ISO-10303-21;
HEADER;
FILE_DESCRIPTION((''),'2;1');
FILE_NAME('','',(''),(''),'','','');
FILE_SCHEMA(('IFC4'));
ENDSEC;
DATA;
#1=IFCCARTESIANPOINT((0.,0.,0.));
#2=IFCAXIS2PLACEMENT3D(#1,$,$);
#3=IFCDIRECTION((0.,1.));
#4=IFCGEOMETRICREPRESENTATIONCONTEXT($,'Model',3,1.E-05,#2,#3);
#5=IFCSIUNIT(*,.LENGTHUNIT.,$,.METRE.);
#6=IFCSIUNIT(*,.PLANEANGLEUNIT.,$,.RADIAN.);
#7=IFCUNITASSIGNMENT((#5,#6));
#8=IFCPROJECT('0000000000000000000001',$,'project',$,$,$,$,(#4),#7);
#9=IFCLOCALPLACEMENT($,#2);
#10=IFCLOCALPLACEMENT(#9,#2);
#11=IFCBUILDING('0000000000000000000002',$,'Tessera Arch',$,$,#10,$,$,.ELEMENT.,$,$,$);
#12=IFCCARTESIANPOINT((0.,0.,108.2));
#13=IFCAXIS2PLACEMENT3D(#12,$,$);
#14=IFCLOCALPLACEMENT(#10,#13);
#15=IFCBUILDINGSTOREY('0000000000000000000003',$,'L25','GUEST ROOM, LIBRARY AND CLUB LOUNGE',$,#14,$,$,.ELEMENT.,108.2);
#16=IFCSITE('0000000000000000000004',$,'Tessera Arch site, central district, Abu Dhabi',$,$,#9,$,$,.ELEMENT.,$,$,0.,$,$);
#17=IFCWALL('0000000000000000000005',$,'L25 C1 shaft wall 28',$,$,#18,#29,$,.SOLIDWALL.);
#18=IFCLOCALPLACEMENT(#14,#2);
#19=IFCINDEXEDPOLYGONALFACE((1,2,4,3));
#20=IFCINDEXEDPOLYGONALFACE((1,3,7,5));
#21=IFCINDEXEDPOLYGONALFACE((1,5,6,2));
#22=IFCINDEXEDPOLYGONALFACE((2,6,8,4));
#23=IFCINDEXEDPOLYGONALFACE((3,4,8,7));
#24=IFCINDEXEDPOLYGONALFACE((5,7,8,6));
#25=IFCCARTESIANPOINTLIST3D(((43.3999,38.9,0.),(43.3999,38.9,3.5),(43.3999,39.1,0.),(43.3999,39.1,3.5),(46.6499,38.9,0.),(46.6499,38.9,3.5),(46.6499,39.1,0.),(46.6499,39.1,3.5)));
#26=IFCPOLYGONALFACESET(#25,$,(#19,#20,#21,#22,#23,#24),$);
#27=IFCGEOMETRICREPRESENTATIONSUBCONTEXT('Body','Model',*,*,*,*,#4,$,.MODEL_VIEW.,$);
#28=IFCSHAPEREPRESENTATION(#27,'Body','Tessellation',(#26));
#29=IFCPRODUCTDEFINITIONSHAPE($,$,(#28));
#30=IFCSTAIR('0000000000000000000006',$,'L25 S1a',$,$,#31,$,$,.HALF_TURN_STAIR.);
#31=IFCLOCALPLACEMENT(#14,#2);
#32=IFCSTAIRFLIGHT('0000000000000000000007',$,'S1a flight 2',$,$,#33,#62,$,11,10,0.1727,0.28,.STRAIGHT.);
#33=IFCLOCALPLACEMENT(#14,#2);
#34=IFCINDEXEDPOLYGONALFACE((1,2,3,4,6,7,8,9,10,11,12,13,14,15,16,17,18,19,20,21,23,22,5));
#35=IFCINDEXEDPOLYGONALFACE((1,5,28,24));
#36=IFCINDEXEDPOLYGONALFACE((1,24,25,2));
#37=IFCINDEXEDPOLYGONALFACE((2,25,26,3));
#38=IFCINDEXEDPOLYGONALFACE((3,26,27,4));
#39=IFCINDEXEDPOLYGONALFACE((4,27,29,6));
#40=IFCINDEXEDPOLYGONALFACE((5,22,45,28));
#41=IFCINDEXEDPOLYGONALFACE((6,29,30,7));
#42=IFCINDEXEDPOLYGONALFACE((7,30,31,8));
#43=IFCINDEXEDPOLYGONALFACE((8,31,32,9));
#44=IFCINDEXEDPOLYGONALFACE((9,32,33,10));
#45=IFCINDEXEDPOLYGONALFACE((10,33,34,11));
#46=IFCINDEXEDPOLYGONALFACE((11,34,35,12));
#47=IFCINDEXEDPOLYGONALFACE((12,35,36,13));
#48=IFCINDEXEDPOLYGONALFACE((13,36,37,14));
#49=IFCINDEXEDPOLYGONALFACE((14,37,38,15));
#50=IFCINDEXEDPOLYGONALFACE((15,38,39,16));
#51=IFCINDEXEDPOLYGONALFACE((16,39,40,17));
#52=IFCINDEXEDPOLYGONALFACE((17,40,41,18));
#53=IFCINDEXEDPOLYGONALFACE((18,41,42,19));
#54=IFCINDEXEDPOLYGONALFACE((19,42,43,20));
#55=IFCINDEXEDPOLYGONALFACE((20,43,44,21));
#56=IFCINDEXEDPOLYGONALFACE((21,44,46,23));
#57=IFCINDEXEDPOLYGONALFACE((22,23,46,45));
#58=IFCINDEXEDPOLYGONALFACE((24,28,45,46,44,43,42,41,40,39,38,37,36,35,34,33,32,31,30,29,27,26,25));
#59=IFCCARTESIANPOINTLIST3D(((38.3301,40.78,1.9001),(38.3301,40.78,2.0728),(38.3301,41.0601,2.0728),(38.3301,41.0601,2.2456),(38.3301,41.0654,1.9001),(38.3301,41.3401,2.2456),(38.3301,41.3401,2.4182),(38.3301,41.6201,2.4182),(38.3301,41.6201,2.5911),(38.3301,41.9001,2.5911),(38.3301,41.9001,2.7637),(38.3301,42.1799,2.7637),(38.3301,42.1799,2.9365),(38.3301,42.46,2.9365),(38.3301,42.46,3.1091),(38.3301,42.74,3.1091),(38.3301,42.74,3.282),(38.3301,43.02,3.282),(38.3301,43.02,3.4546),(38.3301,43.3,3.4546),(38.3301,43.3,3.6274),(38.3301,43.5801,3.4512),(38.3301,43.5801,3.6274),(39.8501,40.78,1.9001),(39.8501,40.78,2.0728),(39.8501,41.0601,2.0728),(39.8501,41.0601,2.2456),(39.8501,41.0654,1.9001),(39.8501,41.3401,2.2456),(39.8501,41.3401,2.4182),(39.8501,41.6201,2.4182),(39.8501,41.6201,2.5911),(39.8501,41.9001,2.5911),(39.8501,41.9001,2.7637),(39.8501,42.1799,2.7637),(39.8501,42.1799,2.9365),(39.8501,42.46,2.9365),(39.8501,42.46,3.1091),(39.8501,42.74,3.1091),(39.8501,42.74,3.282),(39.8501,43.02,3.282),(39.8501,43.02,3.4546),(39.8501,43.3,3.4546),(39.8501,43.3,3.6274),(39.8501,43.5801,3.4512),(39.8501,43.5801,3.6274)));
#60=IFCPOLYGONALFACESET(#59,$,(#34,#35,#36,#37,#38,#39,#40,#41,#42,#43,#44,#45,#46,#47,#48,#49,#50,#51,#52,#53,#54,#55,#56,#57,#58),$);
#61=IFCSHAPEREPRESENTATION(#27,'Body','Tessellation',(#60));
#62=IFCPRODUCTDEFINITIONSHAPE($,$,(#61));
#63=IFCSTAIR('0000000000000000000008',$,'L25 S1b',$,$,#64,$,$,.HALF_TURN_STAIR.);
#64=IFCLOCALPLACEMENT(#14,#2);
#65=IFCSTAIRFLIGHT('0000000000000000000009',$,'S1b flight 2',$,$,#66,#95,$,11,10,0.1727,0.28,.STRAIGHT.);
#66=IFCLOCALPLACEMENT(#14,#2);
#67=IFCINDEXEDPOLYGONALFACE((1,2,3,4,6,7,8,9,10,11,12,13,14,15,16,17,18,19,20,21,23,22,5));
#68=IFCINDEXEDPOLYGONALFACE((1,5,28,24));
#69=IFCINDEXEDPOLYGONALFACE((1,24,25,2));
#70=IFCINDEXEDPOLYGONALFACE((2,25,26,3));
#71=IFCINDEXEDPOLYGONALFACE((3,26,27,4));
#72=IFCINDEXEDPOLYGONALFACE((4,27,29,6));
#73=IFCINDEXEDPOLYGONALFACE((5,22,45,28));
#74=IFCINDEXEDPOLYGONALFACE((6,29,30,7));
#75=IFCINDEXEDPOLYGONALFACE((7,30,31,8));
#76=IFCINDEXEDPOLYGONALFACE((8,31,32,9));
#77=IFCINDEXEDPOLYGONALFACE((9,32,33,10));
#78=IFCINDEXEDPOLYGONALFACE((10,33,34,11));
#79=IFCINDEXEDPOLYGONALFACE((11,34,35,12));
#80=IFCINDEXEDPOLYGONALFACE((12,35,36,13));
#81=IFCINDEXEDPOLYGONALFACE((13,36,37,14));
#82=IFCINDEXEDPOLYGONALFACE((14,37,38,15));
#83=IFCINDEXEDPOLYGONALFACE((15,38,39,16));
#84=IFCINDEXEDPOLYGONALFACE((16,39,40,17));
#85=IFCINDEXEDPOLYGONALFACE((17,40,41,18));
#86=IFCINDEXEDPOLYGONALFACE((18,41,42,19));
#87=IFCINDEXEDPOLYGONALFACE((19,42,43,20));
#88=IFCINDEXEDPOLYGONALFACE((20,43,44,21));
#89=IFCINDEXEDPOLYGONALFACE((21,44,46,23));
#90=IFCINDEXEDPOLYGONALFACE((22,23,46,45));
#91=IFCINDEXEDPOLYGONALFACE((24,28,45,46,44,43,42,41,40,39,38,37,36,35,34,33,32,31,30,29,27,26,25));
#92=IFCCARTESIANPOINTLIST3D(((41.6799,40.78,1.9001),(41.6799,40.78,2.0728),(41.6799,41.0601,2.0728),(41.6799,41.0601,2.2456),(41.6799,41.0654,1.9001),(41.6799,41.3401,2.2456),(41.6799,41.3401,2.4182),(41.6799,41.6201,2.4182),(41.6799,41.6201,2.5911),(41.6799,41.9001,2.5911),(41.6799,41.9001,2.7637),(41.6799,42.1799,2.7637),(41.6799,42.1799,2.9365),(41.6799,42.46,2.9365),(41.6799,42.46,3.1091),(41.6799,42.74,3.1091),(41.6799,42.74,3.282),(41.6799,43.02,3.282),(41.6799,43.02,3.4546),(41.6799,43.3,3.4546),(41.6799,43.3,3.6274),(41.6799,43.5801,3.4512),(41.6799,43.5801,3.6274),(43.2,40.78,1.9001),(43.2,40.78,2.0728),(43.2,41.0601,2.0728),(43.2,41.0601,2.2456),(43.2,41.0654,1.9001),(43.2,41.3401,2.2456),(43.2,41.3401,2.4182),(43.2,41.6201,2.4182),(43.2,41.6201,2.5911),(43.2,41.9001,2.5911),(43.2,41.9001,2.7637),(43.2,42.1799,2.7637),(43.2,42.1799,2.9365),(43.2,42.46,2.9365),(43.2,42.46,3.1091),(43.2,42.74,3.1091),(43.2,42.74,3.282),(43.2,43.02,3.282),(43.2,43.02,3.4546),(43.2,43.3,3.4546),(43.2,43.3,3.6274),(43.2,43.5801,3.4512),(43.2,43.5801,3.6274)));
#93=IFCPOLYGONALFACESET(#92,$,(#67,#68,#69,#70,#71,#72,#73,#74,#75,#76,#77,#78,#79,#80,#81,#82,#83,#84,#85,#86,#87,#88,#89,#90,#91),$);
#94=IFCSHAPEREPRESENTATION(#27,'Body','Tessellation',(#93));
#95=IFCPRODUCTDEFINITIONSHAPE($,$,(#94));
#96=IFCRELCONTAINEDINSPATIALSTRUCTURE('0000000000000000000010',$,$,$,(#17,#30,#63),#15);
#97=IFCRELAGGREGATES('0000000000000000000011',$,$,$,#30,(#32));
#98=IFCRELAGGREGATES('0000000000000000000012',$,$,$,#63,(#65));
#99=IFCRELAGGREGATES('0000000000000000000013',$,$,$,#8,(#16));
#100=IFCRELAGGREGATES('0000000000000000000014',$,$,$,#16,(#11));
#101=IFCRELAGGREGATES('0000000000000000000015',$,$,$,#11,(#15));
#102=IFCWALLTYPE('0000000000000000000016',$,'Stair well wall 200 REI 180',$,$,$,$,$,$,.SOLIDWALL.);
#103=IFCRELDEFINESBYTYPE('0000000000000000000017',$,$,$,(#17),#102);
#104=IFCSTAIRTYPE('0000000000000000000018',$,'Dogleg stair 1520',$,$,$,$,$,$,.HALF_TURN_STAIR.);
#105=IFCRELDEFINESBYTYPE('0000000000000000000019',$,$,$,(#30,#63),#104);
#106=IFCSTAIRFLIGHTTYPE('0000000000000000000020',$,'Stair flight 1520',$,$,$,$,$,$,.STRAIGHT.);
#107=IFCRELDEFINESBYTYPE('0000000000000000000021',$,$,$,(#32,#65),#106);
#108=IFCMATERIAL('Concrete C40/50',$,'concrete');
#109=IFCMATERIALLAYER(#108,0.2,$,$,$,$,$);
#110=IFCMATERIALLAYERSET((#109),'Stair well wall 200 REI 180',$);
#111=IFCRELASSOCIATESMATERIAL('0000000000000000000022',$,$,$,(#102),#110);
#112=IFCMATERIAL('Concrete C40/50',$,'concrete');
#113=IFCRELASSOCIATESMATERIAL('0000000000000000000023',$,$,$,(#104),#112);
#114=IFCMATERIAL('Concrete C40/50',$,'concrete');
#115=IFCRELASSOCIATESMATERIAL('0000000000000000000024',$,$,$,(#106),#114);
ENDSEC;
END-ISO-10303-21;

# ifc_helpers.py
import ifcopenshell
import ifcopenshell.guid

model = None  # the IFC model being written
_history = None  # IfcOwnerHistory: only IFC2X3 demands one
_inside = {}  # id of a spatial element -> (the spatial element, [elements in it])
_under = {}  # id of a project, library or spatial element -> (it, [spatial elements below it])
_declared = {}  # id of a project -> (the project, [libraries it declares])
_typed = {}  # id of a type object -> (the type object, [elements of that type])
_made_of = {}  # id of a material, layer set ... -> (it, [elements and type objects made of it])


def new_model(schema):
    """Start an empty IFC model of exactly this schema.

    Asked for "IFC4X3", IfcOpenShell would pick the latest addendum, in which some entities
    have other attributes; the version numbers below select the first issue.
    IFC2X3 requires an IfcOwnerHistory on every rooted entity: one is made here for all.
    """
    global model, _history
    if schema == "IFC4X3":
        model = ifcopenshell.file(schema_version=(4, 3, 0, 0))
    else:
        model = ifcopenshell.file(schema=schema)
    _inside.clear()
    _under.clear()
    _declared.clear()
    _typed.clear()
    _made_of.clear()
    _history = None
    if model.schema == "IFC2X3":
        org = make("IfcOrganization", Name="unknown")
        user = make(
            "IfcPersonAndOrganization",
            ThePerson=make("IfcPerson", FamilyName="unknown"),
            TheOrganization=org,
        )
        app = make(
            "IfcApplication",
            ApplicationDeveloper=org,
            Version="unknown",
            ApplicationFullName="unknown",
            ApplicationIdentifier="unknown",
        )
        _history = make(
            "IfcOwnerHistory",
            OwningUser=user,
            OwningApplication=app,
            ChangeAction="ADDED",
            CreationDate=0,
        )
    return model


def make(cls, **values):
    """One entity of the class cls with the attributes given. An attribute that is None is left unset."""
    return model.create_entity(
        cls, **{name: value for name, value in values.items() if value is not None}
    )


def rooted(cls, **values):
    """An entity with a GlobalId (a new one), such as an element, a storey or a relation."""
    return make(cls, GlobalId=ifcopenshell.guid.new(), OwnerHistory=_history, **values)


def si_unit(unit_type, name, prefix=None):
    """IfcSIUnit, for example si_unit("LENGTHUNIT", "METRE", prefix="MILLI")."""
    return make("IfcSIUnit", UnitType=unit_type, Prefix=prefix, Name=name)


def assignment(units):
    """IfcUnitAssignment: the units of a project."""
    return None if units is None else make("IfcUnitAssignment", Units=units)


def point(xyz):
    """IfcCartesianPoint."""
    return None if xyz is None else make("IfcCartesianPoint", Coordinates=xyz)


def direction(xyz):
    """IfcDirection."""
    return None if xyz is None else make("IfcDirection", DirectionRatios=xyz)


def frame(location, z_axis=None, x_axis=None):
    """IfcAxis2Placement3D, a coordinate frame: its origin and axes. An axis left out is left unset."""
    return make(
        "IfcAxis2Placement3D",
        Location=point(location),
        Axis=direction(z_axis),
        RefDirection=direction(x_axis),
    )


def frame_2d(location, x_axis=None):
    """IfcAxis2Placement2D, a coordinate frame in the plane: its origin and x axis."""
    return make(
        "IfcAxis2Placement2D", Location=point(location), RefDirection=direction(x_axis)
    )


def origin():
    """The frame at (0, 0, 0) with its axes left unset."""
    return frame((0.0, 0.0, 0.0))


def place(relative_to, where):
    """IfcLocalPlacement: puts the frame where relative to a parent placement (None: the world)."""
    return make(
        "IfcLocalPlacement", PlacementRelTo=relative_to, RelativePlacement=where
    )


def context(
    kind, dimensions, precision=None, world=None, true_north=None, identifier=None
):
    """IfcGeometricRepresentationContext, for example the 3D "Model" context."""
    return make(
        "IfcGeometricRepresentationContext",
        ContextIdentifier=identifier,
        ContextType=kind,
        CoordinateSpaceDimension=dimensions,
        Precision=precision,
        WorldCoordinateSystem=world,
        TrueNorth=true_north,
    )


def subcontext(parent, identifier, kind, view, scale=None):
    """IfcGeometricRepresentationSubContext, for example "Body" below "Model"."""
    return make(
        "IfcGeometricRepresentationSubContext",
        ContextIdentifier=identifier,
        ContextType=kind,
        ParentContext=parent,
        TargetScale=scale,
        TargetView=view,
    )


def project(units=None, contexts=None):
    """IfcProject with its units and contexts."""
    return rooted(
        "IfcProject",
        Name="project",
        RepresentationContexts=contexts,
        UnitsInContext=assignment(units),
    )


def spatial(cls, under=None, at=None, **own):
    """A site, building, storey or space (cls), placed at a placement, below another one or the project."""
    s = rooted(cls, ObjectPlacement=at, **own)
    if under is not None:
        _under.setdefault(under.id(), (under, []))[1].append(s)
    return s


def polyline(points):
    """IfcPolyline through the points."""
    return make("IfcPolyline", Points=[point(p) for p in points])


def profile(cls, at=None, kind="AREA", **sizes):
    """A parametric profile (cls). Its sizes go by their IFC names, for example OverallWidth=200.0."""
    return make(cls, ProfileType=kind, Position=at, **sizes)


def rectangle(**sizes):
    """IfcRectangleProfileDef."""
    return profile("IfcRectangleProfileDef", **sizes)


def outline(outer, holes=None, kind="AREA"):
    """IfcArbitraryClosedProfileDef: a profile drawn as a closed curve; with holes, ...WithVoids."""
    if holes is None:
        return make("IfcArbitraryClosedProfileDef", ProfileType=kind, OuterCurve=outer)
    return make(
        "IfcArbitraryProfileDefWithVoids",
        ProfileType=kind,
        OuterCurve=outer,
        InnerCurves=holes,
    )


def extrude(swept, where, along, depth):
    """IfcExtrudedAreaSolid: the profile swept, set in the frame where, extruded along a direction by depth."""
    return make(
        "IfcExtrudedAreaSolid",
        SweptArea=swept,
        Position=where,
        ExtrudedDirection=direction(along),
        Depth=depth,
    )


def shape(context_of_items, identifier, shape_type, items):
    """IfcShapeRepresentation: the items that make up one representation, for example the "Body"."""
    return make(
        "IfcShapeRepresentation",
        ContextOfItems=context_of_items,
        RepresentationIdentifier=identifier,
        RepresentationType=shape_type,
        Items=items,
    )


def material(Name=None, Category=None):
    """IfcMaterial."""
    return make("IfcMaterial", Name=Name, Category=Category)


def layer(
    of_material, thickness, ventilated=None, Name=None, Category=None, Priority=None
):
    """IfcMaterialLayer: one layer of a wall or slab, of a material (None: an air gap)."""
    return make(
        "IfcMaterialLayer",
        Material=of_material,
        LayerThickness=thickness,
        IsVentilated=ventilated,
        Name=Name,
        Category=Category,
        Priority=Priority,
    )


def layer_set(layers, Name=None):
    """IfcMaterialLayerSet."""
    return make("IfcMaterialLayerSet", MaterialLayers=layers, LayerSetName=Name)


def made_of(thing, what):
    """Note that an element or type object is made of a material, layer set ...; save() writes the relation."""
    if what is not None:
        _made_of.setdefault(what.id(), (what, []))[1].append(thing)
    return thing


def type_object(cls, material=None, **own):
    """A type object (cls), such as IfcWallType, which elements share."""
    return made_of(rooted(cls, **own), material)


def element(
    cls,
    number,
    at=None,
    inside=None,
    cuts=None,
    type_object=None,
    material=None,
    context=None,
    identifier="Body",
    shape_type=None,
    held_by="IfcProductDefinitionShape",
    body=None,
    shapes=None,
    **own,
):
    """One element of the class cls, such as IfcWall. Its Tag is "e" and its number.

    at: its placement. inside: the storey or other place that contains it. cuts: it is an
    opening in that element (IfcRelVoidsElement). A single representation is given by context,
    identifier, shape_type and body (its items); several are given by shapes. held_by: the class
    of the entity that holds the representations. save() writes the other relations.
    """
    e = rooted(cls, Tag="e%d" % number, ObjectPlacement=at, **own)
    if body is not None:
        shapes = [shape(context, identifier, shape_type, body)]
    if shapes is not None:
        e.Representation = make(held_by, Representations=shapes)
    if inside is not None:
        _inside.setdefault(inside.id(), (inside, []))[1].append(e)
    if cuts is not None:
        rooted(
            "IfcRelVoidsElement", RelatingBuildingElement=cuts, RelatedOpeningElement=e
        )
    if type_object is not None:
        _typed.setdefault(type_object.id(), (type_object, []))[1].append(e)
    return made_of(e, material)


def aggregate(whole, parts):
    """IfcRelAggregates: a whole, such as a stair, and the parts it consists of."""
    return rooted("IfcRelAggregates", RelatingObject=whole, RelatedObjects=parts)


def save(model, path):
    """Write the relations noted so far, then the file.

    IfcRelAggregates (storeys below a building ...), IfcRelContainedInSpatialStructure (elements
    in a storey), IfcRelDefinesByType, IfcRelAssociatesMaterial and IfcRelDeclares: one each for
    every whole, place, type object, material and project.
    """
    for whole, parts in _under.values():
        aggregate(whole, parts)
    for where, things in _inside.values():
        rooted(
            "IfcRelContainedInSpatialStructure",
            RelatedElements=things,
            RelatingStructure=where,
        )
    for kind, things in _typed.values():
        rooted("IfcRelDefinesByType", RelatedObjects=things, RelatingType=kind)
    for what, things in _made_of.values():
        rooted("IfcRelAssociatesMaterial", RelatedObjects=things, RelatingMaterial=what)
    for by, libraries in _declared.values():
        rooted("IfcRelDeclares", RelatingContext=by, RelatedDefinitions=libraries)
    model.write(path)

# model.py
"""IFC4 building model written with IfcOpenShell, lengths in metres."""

from ifc_helpers import new_model, si_unit, direction, frame, frame_2d, origin, place, context, subcontext, project, spatial, polyline, rectangle, outline, extrude, material, layer, layer_set, type_object, element, aggregate, save


model = new_model("IFC4")

# Units and contexts
model_context = context("Model", 3, precision=1e-05, world=origin(), true_north=direction((0.0, 1.0)))
body_context = subcontext(model_context, "Body", "Model", "MODEL_VIEW")
ifc_project = project(units=[si_unit("LENGTHUNIT", "METRE"), si_unit("PLANEANGLEUNIT", "RADIAN")], contexts=[model_context])

# Site, building, storey
site_placement = place(None, origin())
site = spatial("IfcSite", under=ifc_project, at=site_placement, Name="Tessera Arch site, central district, Abu Dhabi", CompositionType="ELEMENT", RefElevation=0.0)
building_placement = place(site_placement, origin())
building = spatial("IfcBuilding", under=site, at=building_placement, Name="Tessera Arch", CompositionType="ELEMENT")
storey_placement = place(building_placement, frame((0.0, 0.0, 108.2)))
storey = spatial("IfcBuildingStorey", under=building, at=storey_placement, Name="L25", Description="GUEST ROOM, LIBRARY AND CLUB LOUNGE", CompositionType="ELEMENT", Elevation=108.2)

# Wall
ifc_material_1 = material(Name="Concrete C40/50", Category="concrete")
ifc_layer_1 = layer(ifc_material_1, 0.2)
ifc_layer_set_1 = layer_set([ifc_layer_1], Name="Stair well wall 200 REI 180")
wall_type_1 = type_object("IfcWallType", Name="Stair well wall 200 REI 180", PredefinedType="SOLIDWALL", material=ifc_layer_set_1)
wall_1_placement = place(storey_placement, frame((43.3999, 39.0, 0.0), z_axis=(0.0, 0.0, 1.0), x_axis=(1.0, 0.0, 0.0)))
element("IfcWall", 1, at=wall_1_placement, inside=storey, type_object=wall_type_1, Name="L25 C1 shaft wall 28", PredefinedType="SOLIDWALL", context=body_context, shape_type="SweptSolid", body=[
    extrude(rectangle(XDim=3.25, YDim=0.2, at=frame_2d((1.625, 0.0))), origin(), (0.0, 0.0, 1.0), 3.5),
])

# Stairs, stair flights
ifc_material_2 = material(Name="Concrete C40/50", Category="concrete")
stair_type = type_object("IfcStairType", Name="Dogleg stair 1520", PredefinedType="HALF_TURN_STAIR", material=ifc_material_2)
stair_1_placement = place(storey_placement, origin())
stair_1 = element("IfcStair", 2, at=stair_1_placement, inside=storey, type_object=stair_type, Name="L25 S1a", PredefinedType="HALF_TURN_STAIR")
ifc_material_3 = material(Name="Concrete C40/50", Category="concrete")
stair_flight_type = type_object("IfcStairFlightType", Name="Stair flight 1520", PredefinedType="STRAIGHT", material=ifc_material_3)
stair_flight_1_placement = place(storey_placement, frame((39.0901, 40.78, 1.9001), z_axis=(0.0, 0.0, 1.0), x_axis=(0.0, 1.0, 0.0)))
stair_flight_1 = element("IfcStairFlight", 3, at=stair_flight_1_placement, type_object=stair_flight_type, Name="S1a flight 2", NumberOfRisers=11, NumberOfTreads=10, PredefinedType="STRAIGHT", RiserHeight=0.1727, TreadLength=0.28, context=body_context, shape_type="SweptSolid", body=[
    extrude(outline(polyline([(0.0, 0.0), (0.0, 0.1726), (0.28, 0.1726), (0.28, 0.3455), (0.5601, 0.3455), (0.5601, 0.5181), (0.8401, 0.5181), (0.8401, 0.6909), (1.1201, 0.6909), (1.1201, 0.8635), (1.3999, 0.8635), (1.3999, 1.0364), (1.6799, 1.0364), (1.6799, 1.209), (1.96, 1.209), (1.96, 1.3818), (2.24, 1.3818), (2.24, 1.5544), (2.52, 1.5544), (2.52, 1.7273), (2.8, 1.7273), (2.8, 1.8999), (2.8, 1.551), (0.2854, 0.0), (0.0, 0.0)])), frame((0.0, 0.76, 0.0), z_axis=(0.0, -1.0, 0.0), x_axis=(1.0, 0.0, 0.0)), (0.0, 0.0, 1.0), 1.52),
])
aggregate(stair_1, [stair_flight_1])
stair_2_placement = place(storey_placement, origin())
stair_2 = element("IfcStair", 4, at=stair_2_placement, inside=storey, type_object=stair_type, Name="L25 S1b", PredefinedType="HALF_TURN_STAIR")
stair_flight_2_placement = place(storey_placement, frame((42.4399, 40.78, 1.9001), z_axis=(0.0, 0.0, 1.0), x_axis=(0.0, 1.0, 0.0)))
stair_flight_2 = element("IfcStairFlight", 5, at=stair_flight_2_placement, type_object=stair_flight_type, Name="S1b flight 2", NumberOfRisers=11, NumberOfTreads=10, PredefinedType="STRAIGHT", RiserHeight=0.1727, TreadLength=0.28, context=body_context, shape_type="SweptSolid", body=[
    extrude(outline(polyline([(0.0, 0.0), (0.0, 0.1726), (0.28, 0.1726), (0.28, 0.3455), (0.5601, 0.3455), (0.5601, 0.5181), (0.8401, 0.5181), (0.8401, 0.6909), (1.1201, 0.6909), (1.1201, 0.8635), (1.3999, 0.8635), (1.3999, 1.0364), (1.6799, 1.0364), (1.6799, 1.209), (1.96, 1.209), (1.96, 1.3818), (2.24, 1.3818), (2.24, 1.5544), (2.52, 1.5544), (2.52, 1.7273), (2.8, 1.7273), (2.8, 1.8999), (2.8, 1.551), (0.2854, 0.0), (0.0, 0.0)])), frame((0.0, 0.76, 0.0), z_axis=(0.0, -1.0, 0.0), x_axis=(1.0, 0.0, 0.0)), (0.0, 0.0, 1.0), 1.52),
])
aggregate(stair_2, [stair_flight_2])

save(model, "model.ifc")
